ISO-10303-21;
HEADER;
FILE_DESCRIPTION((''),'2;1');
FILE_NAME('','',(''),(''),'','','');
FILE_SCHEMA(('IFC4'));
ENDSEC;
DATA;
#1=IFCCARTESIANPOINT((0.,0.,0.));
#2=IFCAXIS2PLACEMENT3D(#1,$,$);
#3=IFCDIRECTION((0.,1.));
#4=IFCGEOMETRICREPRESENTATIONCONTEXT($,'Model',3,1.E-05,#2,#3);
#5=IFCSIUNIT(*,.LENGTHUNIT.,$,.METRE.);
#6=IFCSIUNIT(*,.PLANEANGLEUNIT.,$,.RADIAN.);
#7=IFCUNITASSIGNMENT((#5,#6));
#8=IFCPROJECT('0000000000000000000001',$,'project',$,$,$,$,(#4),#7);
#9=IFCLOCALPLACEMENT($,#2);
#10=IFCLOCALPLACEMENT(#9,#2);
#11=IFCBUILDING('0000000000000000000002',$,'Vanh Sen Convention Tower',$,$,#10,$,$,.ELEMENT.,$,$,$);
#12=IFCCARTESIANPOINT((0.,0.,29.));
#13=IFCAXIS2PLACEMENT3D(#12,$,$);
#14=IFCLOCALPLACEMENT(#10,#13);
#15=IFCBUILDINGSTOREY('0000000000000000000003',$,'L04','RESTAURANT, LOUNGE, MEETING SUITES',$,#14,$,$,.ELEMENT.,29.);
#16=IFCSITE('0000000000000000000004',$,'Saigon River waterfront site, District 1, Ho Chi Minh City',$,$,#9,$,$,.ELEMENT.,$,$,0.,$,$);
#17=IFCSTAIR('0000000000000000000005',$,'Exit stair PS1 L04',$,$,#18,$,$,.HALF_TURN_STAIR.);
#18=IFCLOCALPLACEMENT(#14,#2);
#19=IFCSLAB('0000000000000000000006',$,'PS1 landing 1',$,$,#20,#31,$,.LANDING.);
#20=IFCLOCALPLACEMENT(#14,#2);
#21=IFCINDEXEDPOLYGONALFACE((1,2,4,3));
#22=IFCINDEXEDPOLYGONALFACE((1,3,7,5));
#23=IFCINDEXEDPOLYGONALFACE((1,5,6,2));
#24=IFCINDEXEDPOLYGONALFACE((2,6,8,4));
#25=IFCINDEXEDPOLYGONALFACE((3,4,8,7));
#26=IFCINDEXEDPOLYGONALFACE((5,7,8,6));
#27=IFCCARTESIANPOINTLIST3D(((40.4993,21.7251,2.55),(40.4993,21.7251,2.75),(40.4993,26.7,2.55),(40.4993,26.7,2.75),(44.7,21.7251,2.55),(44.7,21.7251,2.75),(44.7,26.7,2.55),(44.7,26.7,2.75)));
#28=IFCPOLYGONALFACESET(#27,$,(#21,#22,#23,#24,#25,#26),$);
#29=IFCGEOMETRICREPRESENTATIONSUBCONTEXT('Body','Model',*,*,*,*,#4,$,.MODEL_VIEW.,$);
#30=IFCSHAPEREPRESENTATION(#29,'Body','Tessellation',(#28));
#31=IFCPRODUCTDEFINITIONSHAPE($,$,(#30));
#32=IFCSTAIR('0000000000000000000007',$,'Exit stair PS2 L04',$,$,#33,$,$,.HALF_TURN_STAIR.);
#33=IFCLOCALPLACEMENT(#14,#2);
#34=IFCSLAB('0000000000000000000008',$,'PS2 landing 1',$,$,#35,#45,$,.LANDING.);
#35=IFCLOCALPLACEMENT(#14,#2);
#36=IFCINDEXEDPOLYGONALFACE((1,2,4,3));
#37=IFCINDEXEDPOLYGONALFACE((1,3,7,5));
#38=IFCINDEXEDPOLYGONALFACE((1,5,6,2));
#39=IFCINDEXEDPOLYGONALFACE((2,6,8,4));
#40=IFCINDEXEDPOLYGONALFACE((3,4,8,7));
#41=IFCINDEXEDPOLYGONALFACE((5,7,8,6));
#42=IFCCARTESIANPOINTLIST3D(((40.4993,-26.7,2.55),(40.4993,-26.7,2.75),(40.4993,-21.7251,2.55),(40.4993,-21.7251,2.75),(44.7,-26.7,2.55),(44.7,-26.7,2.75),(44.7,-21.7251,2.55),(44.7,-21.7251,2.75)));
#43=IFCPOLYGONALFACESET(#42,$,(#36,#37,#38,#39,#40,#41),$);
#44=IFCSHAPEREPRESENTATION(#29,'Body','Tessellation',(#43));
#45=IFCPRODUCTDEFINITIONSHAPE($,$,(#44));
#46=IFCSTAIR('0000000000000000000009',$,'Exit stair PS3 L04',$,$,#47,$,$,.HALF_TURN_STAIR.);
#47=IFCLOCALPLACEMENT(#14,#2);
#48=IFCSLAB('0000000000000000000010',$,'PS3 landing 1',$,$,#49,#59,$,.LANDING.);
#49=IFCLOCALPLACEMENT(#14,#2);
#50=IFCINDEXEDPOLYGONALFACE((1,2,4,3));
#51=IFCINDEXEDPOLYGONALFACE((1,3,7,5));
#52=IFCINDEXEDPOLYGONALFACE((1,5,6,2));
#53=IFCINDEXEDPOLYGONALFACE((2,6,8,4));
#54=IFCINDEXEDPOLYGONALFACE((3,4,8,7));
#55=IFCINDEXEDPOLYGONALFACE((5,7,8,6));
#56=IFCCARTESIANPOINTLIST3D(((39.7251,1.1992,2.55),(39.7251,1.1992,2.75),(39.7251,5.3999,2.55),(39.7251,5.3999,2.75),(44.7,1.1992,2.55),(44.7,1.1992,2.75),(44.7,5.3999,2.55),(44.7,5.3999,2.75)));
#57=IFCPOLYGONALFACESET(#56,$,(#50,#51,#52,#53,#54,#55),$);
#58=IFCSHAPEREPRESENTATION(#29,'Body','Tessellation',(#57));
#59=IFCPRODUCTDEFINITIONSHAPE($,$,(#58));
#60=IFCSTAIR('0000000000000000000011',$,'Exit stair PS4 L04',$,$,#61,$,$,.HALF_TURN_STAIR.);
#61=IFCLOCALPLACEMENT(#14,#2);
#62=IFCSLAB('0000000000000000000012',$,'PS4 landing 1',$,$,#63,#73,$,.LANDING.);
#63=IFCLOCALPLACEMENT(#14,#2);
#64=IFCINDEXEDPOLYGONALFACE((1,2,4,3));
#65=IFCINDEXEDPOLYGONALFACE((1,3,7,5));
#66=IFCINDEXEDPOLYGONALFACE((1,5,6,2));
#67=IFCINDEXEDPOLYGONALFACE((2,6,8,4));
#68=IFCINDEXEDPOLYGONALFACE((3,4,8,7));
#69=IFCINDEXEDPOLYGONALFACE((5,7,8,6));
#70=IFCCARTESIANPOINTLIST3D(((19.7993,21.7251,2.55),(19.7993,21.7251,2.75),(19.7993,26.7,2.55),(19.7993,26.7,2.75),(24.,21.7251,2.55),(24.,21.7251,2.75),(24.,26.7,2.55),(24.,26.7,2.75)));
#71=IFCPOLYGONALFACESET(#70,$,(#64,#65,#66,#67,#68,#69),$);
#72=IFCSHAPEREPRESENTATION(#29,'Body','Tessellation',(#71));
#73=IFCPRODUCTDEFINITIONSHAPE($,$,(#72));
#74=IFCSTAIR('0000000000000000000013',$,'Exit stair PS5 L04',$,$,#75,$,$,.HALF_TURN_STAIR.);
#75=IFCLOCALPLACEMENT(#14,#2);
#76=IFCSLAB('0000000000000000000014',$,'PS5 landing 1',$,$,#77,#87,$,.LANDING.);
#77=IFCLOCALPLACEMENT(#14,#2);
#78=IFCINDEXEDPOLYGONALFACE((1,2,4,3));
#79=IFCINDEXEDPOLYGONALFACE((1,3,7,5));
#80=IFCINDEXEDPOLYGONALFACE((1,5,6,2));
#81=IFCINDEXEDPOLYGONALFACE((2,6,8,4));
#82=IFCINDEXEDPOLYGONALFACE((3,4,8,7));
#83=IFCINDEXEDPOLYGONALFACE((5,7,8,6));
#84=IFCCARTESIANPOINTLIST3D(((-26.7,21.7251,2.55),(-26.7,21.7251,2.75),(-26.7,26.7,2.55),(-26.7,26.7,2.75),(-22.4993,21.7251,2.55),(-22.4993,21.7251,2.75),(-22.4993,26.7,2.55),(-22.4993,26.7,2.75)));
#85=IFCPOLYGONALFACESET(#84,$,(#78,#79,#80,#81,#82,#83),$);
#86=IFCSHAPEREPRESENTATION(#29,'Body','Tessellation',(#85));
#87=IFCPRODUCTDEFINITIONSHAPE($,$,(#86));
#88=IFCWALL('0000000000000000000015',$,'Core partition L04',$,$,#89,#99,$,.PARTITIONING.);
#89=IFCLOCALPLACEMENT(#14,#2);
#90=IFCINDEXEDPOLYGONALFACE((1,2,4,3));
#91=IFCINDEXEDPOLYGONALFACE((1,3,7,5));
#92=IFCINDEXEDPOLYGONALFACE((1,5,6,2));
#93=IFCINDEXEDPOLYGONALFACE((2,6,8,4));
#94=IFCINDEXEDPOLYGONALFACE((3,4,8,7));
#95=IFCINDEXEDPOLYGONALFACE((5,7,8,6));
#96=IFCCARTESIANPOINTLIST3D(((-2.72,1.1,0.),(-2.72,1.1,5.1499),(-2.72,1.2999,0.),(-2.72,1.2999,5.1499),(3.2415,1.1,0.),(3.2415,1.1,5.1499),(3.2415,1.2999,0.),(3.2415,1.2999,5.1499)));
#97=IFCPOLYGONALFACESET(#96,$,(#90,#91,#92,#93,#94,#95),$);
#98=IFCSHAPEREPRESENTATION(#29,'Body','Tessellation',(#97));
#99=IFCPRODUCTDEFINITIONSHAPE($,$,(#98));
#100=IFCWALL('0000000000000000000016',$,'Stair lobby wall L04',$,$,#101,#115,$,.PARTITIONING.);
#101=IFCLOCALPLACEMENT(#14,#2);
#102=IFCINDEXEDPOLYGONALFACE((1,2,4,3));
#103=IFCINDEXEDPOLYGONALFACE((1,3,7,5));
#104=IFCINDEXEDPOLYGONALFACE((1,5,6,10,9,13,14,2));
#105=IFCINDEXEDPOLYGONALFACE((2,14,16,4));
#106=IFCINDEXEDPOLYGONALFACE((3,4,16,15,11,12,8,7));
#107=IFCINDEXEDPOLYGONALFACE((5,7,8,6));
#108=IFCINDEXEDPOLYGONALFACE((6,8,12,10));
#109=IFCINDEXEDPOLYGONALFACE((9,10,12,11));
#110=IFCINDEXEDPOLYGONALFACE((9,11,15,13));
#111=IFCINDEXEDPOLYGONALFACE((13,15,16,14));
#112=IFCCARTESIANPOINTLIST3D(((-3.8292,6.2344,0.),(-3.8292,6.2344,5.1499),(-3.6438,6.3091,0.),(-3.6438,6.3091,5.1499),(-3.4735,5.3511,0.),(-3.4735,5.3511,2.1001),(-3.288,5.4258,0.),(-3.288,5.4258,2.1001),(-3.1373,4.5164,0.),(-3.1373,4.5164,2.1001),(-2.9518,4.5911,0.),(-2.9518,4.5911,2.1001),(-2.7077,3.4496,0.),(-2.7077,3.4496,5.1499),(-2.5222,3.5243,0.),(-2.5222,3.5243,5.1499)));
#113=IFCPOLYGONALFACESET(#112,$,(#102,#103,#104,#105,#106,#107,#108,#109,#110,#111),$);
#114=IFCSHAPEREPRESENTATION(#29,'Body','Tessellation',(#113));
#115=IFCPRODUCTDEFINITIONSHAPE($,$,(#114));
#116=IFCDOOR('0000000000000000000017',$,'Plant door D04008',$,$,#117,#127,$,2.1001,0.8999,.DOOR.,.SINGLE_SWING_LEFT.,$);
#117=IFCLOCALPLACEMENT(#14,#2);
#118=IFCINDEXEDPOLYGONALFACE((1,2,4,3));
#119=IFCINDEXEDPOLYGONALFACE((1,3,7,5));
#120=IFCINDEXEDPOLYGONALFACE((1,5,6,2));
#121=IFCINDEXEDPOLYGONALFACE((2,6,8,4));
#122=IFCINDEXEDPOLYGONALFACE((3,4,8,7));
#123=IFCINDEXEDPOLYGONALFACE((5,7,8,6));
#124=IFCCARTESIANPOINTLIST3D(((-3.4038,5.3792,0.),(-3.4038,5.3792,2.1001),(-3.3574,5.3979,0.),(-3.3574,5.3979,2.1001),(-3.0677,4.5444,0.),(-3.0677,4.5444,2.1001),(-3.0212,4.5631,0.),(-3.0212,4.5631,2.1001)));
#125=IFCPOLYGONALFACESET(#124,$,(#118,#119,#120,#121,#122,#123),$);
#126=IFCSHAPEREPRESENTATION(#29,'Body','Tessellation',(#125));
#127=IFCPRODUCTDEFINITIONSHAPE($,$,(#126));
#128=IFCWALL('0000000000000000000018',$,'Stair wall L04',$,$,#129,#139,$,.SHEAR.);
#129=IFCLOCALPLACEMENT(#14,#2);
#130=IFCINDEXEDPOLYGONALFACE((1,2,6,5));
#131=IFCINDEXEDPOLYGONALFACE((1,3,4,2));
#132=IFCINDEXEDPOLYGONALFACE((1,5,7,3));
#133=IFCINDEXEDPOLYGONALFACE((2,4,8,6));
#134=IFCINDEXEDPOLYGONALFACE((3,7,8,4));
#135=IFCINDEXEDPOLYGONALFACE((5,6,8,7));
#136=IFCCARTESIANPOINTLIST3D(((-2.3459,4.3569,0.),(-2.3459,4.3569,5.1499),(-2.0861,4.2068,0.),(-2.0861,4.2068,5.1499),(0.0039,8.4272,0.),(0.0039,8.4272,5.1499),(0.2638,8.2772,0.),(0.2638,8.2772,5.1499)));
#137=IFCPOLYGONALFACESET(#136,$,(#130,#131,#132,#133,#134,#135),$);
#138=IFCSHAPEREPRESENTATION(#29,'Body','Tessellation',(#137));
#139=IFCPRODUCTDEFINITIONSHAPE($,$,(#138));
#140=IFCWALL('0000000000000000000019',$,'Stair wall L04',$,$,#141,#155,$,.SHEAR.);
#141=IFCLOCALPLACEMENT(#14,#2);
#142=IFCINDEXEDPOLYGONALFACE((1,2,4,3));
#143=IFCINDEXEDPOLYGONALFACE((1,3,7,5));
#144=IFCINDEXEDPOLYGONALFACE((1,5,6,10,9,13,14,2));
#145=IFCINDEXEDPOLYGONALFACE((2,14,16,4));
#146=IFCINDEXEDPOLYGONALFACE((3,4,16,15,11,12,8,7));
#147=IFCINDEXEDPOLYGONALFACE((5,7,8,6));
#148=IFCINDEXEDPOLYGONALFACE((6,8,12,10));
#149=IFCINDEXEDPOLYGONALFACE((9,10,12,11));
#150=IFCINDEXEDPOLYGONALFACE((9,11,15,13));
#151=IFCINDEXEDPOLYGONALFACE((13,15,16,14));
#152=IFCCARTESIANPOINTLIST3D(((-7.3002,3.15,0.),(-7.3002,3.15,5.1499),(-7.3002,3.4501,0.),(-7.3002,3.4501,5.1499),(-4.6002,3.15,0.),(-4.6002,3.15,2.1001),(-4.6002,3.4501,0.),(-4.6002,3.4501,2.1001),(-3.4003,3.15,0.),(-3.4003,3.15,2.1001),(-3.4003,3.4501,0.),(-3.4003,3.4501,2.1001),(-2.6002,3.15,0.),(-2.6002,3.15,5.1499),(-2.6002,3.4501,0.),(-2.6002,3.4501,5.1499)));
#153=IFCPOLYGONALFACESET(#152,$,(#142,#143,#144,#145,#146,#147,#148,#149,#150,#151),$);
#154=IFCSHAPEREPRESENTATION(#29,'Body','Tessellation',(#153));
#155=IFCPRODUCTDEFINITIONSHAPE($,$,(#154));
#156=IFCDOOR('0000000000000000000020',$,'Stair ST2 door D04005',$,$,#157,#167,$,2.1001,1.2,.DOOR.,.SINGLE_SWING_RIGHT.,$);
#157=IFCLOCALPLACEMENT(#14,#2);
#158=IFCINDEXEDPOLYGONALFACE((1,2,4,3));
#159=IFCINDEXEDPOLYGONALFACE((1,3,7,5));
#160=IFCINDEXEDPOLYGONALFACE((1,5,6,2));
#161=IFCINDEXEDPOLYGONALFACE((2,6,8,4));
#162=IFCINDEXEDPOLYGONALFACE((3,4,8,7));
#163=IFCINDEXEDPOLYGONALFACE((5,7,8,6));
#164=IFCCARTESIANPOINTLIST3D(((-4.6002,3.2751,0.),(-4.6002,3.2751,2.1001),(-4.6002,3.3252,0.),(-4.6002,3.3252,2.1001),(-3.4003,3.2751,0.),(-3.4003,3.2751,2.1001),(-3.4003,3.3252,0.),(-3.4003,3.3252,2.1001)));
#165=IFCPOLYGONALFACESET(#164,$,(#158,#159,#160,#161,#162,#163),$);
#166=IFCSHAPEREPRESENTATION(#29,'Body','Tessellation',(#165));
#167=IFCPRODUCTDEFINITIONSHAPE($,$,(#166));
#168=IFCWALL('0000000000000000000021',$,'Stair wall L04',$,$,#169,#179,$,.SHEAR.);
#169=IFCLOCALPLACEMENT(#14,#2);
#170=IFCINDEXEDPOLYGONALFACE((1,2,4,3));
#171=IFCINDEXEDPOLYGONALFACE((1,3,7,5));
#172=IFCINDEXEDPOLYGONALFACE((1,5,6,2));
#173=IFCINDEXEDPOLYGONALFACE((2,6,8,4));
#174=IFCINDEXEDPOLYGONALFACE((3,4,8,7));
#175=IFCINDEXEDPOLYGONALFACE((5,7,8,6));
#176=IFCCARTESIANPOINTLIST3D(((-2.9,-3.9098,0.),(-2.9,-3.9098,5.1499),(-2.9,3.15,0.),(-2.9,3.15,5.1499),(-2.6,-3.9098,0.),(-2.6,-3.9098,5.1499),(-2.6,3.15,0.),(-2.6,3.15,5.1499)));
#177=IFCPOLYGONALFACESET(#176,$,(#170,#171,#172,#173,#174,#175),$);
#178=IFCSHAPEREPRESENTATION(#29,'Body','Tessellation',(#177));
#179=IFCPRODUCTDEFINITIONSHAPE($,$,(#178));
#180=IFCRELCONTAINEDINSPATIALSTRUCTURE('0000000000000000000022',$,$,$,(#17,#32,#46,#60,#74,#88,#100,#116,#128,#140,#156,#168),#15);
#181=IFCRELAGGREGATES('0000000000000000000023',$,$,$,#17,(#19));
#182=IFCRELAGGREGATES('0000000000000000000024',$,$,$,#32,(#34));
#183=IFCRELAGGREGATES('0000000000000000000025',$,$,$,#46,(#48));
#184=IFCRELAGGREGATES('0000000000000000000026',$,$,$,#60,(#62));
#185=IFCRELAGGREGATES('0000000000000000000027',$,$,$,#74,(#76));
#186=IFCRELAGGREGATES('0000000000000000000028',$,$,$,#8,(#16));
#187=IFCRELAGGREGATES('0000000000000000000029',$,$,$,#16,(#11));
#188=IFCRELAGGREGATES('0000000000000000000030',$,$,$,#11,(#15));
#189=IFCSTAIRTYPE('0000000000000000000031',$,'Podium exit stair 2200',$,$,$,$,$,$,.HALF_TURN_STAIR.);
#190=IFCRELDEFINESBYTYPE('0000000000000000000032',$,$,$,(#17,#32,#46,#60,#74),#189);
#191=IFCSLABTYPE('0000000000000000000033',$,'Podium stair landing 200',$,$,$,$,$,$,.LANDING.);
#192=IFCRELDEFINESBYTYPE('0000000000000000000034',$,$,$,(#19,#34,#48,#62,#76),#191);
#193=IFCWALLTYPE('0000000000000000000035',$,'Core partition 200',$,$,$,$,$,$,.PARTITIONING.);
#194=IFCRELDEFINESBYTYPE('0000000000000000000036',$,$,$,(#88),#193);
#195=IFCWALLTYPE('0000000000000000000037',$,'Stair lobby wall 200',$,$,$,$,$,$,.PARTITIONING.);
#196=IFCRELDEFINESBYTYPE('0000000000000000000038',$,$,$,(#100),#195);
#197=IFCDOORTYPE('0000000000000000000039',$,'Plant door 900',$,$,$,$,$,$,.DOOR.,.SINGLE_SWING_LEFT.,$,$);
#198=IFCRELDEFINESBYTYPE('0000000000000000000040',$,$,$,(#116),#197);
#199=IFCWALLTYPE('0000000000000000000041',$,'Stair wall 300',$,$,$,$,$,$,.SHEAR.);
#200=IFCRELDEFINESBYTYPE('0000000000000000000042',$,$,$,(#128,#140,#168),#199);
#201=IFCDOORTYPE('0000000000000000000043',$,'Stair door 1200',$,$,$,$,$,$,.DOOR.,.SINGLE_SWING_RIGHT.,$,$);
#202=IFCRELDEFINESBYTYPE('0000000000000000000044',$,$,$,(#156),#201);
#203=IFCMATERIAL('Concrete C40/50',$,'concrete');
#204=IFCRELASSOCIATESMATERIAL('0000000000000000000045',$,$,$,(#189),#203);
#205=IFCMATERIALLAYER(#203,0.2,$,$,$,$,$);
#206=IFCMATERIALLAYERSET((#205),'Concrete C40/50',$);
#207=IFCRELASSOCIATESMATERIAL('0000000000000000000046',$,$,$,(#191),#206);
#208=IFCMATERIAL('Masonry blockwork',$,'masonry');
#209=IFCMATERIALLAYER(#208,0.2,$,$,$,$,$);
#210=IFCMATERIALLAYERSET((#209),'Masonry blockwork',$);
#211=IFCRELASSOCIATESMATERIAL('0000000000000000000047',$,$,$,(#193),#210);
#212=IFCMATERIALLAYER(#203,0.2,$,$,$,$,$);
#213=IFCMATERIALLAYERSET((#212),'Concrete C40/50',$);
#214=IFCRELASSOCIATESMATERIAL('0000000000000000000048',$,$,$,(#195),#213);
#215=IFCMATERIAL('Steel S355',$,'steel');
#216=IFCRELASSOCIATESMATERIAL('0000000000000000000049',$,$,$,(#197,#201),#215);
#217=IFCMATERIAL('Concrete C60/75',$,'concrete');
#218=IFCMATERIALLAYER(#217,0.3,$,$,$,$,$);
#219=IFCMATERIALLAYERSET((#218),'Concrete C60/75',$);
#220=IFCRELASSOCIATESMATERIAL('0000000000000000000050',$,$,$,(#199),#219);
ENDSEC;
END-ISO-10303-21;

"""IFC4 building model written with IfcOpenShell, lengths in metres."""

from ifc_helpers import new_model, si_unit, direction, frame, frame_2d, origin, place, context, subcontext, project, spatial, polyline, rectangle, outline, extrude, material, layer, layer_set, type_object, element, fill, aggregate, save


model = new_model("IFC4")

# Units and contexts
model_context = context("Model", 3, precision=1e-05, world=origin(), true_north=direction((0.0, 1.0)))
body_context = subcontext(model_context, "Body", "Model", "MODEL_VIEW")
ifc_project = project(units=[si_unit("LENGTHUNIT", "METRE"), si_unit("PLANEANGLEUNIT", "RADIAN")], contexts=[model_context])

# Site, building, storey
site_placement = place(None, origin())
site = spatial("IfcSite", under=ifc_project, at=site_placement, Name="Saigon River waterfront site, District 1, Ho Chi Minh City", CompositionType="ELEMENT", RefElevation=0.0)
building_placement = place(site_placement, origin())
building = spatial("IfcBuilding", under=site, at=building_placement, Name="Vanh Sen Convention Tower", CompositionType="ELEMENT")
storey_placement = place(building_placement, frame((0.0, 0.0, 29.0)))
storey = spatial("IfcBuildingStorey", under=building, at=storey_placement, Name="L04", Description="RESTAURANT, LOUNGE, MEETING SUITES", CompositionType="ELEMENT", Elevation=29.0)

# Stairs, slabs
ifc_material_1 = material(Name="Concrete C40/50", Category="concrete")
stair_type = type_object("IfcStairType", Name="Podium exit stair 2200", PredefinedType="HALF_TURN_STAIR", material=ifc_material_1)
stair_1_placement = place(storey_placement, origin())
stair_1 = element("IfcStair", 1, at=stair_1_placement, inside=storey, type_object=stair_type, Name="Exit stair PS1 L04", PredefinedType="HALF_TURN_STAIR")
ifc_layer_1 = layer(ifc_material_1, 0.2)
ifc_layer_set_1 = layer_set([ifc_layer_1], Name="Concrete C40/50")
slab_type = type_object("IfcSlabType", Name="Podium stair landing 200", PredefinedType="LANDING", material=ifc_layer_set_1)
slab_1_placement = place(storey_placement, frame((0.0, 0.0, 2.55)))
slab_1 = element("IfcSlab", 2, at=slab_1_placement, type_object=slab_type, Name="PS1 landing 1", PredefinedType="LANDING", context=body_context, shape_type="SweptSolid", body=[
    extrude(outline(polyline([(40.4993, 21.7251), (44.7, 21.7251), (44.7, 26.7), (40.4993, 26.7), (40.4993, 21.7251)])), origin(), (0.0, 0.0, 1.0), 0.2),
])
aggregate(stair_1, [slab_1])
stair_2_placement = place(storey_placement, origin())
stair_2 = element("IfcStair", 3, at=stair_2_placement, inside=storey, type_object=stair_type, Name="Exit stair PS2 L04", PredefinedType="HALF_TURN_STAIR")
slab_2_placement = place(storey_placement, frame((0.0, 0.0, 2.55)))
slab_2 = element("IfcSlab", 4, at=slab_2_placement, type_object=slab_type, Name="PS2 landing 1", PredefinedType="LANDING", context=body_context, shape_type="SweptSolid", body=[
    extrude(outline(polyline([(40.4993, -21.7251), (44.7, -21.7251), (44.7, -26.7), (40.4993, -26.7), (40.4993, -21.7251)])), origin(), (0.0, 0.0, 1.0), 0.2),
])
aggregate(stair_2, [slab_2])
stair_3_placement = place(storey_placement, origin())
stair_3 = element("IfcStair", 5, at=stair_3_placement, inside=storey, type_object=stair_type, Name="Exit stair PS3 L04", PredefinedType="HALF_TURN_STAIR")
slab_3_placement = place(storey_placement, frame((0.0, 0.0, 2.55)))
slab_3 = element("IfcSlab", 6, at=slab_3_placement, type_object=slab_type, Name="PS3 landing 1", PredefinedType="LANDING", context=body_context, shape_type="SweptSolid", body=[
    extrude(outline(polyline([(39.7251, 1.1992), (39.7251, 5.3999), (44.7, 5.3999), (44.7, 1.1992), (39.7251, 1.1992)])), origin(), (0.0, 0.0, 1.0), 0.2),
])
aggregate(stair_3, [slab_3])
stair_4_placement = place(storey_placement, origin())
stair_4 = element("IfcStair", 7, at=stair_4_placement, inside=storey, type_object=stair_type, Name="Exit stair PS4 L04", PredefinedType="HALF_TURN_STAIR")
slab_4_placement = place(storey_placement, frame((0.0, 0.0, 2.55)))
slab_4 = element("IfcSlab", 8, at=slab_4_placement, type_object=slab_type, Name="PS4 landing 1", PredefinedType="LANDING", context=body_context, shape_type="SweptSolid", body=[
    extrude(outline(polyline([(19.7993, 21.7251), (24.0, 21.7251), (24.0, 26.7), (19.7993, 26.7), (19.7993, 21.7251)])), origin(), (0.0, 0.0, 1.0), 0.2),
])
aggregate(stair_4, [slab_4])
stair_5_placement = place(storey_placement, origin())
stair_5 = element("IfcStair", 9, at=stair_5_placement, inside=storey, type_object=stair_type, Name="Exit stair PS5 L04", PredefinedType="HALF_TURN_STAIR")
slab_5_placement = place(storey_placement, frame((0.0, 0.0, 2.55)))
slab_5 = element("IfcSlab", 10, at=slab_5_placement, type_object=slab_type, Name="PS5 landing 1", PredefinedType="LANDING", context=body_context, shape_type="SweptSolid", body=[
    extrude(outline(polyline([(-22.4993, 21.7251), (-26.7, 21.7251), (-26.7, 26.7), (-22.4993, 26.7), (-22.4993, 21.7251)])), origin(), (0.0, 0.0, 1.0), 0.2),
])
aggregate(stair_5, [slab_5])

# Wall
ifc_material_2 = material(Name="Masonry blockwork", Category="masonry")
ifc_layer_2 = layer(ifc_material_2, 0.2)
ifc_layer_set_2 = layer_set([ifc_layer_2], Name="Masonry blockwork")
wall_type_1 = type_object("IfcWallType", Name="Core partition 200", PredefinedType="PARTITIONING", material=ifc_layer_set_2)
wall_1_placement = place(storey_placement, frame((-2.72, 1.2, 0.0), z_axis=(0.0, 0.0, 1.0), x_axis=(1.0, 0.0, 0.0)))
element("IfcWall", 11, at=wall_1_placement, inside=storey, type_object=wall_type_1, Name="Core partition L04", PredefinedType="PARTITIONING", context=body_context, shape_type="SweptSolid", body=[
    extrude(rectangle(XDim=5.9614, YDim=0.2, at=frame_2d((2.9807, 0.0))), origin(), (0.0, 0.0, 1.0), 5.1499),
])

# Wall, opening, door
ifc_layer_3 = layer(ifc_material_1, 0.2)
ifc_layer_set_3 = layer_set([ifc_layer_3], Name="Concrete C40/50")
wall_type_2 = type_object("IfcWallType", Name="Stair lobby wall 200", PredefinedType="PARTITIONING", material=ifc_layer_set_3)
wall_2_placement = place(storey_placement, frame((-2.615, 3.4871, 0.0), z_axis=(0.0, 0.0, 1.0), x_axis=(-0.373577, 0.927599, 0.0)))
wall_2 = element("IfcWall", 12, at=wall_2_placement, inside=storey, type_object=wall_type_2, Name="Stair lobby wall L04", PredefinedType="PARTITIONING", context=body_context, shape_type="SweptSolid", body=[
    extrude(rectangle(XDim=3.0022, YDim=0.2, at=frame_2d((1.501, 0.0))), origin(), (0.0, 0.0, 1.0), 5.1499),
])
opening_1_placement = place(wall_2_placement, frame((1.1499, 0.0, 0.0)))
opening_1 = element("IfcOpeningElement", 13, at=opening_1_placement, cuts=wall_2, PredefinedType="OPENING", context=body_context, shape_type="SweptSolid", body=[
    extrude(rectangle(XDim=0.8999, YDim=2.1001, at=frame_2d((0.45, 1.05))), frame((0.0, 0.1099, 0.0), z_axis=(0.0, -1.0, 0.0), x_axis=(1.0, 0.0, 0.0)), (0.0, 0.0, 1.0), 0.22),
])
ifc_material_3 = material(Name="Steel S355", Category="steel")
door_type_1 = type_object("IfcDoorType", Name="Plant door 900", OperationType="SINGLE_SWING_LEFT", PredefinedType="DOOR", material=ifc_material_3)
door_1_placement = place(opening_1_placement, origin())
door_1 = element("IfcDoor", 14, at=door_1_placement, inside=storey, type_object=door_type_1, Name="Plant door D04008", OperationType="SINGLE_SWING_LEFT", OverallHeight=2.1001, OverallWidth=0.8999, PredefinedType="DOOR", context=body_context, shape_type="SweptSolid", body=[
    extrude(rectangle(XDim=0.8999, YDim=2.1001, at=frame_2d((0.45, 1.05))), frame((0.0, 0.0249, 0.0), z_axis=(0.0, -1.0, 0.0), x_axis=(1.0, 0.0, 0.0)), (0.0, 0.0, 1.0), 0.05),
])
fill(opening_1, door_1)

# Wall
ifc_material_4 = material(Name="Concrete C60/75", Category="concrete")
ifc_layer_4 = layer(ifc_material_4, 0.3)
ifc_layer_set_4 = layer_set([ifc_layer_4], Name="Concrete C60/75")
wall_type_3 = type_object("IfcWallType", Name="Stair wall 300", PredefinedType="SHEAR", material=ifc_layer_set_4)
wall_3_placement = place(storey_placement, frame((-2.2161, 4.2817, 0.0), z_axis=(0.0, 0.0, 1.0), x_axis=(0.499977, 0.866039, 0.0)))
element("IfcWall", 15, at=wall_3_placement, inside=storey, type_object=wall_type_3, Name="Stair wall L04", PredefinedType="SHEAR", context=body_context, shape_type="SweptSolid", body=[
    extrude(rectangle(XDim=4.7, YDim=0.3, at=frame_2d((2.3501, 0.0))), origin(), (0.0, 0.0, 1.0), 5.1499),
])

# Wall, opening, door
wall_4_placement = place(storey_placement, frame((-2.6001, 3.3, 0.0), z_axis=(0.0, 0.0, 1.0), x_axis=(-1.0, 0.0, 0.0)))
wall_4 = element("IfcWall", 16, at=wall_4_placement, inside=storey, type_object=wall_type_3, Name="Stair wall L04", PredefinedType="SHEAR", context=body_context, shape_type="SweptSolid", body=[
    extrude(rectangle(XDim=4.7, YDim=0.3, at=frame_2d((2.3501, 0.0))), origin(), (0.0, 0.0, 1.0), 5.1499),
])
opening_2_placement = place(wall_4_placement, frame((0.8, 0.0, 0.0)))
opening_2 = element("IfcOpeningElement", 17, at=opening_2_placement, cuts=wall_4, PredefinedType="OPENING", context=body_context, shape_type="SweptSolid", body=[
    extrude(rectangle(XDim=1.2, YDim=2.1001, at=frame_2d((0.6001, 1.05))), frame((0.0, 0.1599, 0.0), z_axis=(0.0, -1.0, 0.0), x_axis=(1.0, 0.0, 0.0)), (0.0, 0.0, 1.0), 0.3201),
])
door_type_2 = type_object("IfcDoorType", Name="Stair door 1200", OperationType="SINGLE_SWING_RIGHT", PredefinedType="DOOR", material=ifc_material_3)
door_2_placement = place(opening_2_placement, origin())
door_2 = element("IfcDoor", 18, at=door_2_placement, inside=storey, type_object=door_type_2, Name="Stair ST2 door D04005", OperationType="SINGLE_SWING_RIGHT", OverallHeight=2.1001, OverallWidth=1.2, PredefinedType="DOOR", context=body_context, shape_type="SweptSolid", body=[
    extrude(rectangle(XDim=1.2, YDim=2.1001, at=frame_2d((0.6001, 1.05))), frame((0.0, 0.0249, 0.0), z_axis=(0.0, -1.0, 0.0), x_axis=(1.0, 0.0, 0.0)), (0.0, 0.0, 1.0), 0.05),
])
fill(opening_2, door_2)

# Wall
wall_5_placement = place(storey_placement, frame((-2.75, 3.1499, 0.0), z_axis=(0.0, 0.0, 1.0), x_axis=(0.0, -1.0, 0.0)))
element("IfcWall", 19, at=wall_5_placement, inside=storey, type_object=wall_type_3, Name="Stair wall L04", PredefinedType="SHEAR", context=body_context, shape_type="SweptSolid", body=[
    extrude(rectangle(XDim=7.0598, YDim=0.3, at=frame_2d((3.5298, 0.0))), origin(), (0.0, 0.0, 1.0), 5.1499),
])

save(model, "model.ifc")
